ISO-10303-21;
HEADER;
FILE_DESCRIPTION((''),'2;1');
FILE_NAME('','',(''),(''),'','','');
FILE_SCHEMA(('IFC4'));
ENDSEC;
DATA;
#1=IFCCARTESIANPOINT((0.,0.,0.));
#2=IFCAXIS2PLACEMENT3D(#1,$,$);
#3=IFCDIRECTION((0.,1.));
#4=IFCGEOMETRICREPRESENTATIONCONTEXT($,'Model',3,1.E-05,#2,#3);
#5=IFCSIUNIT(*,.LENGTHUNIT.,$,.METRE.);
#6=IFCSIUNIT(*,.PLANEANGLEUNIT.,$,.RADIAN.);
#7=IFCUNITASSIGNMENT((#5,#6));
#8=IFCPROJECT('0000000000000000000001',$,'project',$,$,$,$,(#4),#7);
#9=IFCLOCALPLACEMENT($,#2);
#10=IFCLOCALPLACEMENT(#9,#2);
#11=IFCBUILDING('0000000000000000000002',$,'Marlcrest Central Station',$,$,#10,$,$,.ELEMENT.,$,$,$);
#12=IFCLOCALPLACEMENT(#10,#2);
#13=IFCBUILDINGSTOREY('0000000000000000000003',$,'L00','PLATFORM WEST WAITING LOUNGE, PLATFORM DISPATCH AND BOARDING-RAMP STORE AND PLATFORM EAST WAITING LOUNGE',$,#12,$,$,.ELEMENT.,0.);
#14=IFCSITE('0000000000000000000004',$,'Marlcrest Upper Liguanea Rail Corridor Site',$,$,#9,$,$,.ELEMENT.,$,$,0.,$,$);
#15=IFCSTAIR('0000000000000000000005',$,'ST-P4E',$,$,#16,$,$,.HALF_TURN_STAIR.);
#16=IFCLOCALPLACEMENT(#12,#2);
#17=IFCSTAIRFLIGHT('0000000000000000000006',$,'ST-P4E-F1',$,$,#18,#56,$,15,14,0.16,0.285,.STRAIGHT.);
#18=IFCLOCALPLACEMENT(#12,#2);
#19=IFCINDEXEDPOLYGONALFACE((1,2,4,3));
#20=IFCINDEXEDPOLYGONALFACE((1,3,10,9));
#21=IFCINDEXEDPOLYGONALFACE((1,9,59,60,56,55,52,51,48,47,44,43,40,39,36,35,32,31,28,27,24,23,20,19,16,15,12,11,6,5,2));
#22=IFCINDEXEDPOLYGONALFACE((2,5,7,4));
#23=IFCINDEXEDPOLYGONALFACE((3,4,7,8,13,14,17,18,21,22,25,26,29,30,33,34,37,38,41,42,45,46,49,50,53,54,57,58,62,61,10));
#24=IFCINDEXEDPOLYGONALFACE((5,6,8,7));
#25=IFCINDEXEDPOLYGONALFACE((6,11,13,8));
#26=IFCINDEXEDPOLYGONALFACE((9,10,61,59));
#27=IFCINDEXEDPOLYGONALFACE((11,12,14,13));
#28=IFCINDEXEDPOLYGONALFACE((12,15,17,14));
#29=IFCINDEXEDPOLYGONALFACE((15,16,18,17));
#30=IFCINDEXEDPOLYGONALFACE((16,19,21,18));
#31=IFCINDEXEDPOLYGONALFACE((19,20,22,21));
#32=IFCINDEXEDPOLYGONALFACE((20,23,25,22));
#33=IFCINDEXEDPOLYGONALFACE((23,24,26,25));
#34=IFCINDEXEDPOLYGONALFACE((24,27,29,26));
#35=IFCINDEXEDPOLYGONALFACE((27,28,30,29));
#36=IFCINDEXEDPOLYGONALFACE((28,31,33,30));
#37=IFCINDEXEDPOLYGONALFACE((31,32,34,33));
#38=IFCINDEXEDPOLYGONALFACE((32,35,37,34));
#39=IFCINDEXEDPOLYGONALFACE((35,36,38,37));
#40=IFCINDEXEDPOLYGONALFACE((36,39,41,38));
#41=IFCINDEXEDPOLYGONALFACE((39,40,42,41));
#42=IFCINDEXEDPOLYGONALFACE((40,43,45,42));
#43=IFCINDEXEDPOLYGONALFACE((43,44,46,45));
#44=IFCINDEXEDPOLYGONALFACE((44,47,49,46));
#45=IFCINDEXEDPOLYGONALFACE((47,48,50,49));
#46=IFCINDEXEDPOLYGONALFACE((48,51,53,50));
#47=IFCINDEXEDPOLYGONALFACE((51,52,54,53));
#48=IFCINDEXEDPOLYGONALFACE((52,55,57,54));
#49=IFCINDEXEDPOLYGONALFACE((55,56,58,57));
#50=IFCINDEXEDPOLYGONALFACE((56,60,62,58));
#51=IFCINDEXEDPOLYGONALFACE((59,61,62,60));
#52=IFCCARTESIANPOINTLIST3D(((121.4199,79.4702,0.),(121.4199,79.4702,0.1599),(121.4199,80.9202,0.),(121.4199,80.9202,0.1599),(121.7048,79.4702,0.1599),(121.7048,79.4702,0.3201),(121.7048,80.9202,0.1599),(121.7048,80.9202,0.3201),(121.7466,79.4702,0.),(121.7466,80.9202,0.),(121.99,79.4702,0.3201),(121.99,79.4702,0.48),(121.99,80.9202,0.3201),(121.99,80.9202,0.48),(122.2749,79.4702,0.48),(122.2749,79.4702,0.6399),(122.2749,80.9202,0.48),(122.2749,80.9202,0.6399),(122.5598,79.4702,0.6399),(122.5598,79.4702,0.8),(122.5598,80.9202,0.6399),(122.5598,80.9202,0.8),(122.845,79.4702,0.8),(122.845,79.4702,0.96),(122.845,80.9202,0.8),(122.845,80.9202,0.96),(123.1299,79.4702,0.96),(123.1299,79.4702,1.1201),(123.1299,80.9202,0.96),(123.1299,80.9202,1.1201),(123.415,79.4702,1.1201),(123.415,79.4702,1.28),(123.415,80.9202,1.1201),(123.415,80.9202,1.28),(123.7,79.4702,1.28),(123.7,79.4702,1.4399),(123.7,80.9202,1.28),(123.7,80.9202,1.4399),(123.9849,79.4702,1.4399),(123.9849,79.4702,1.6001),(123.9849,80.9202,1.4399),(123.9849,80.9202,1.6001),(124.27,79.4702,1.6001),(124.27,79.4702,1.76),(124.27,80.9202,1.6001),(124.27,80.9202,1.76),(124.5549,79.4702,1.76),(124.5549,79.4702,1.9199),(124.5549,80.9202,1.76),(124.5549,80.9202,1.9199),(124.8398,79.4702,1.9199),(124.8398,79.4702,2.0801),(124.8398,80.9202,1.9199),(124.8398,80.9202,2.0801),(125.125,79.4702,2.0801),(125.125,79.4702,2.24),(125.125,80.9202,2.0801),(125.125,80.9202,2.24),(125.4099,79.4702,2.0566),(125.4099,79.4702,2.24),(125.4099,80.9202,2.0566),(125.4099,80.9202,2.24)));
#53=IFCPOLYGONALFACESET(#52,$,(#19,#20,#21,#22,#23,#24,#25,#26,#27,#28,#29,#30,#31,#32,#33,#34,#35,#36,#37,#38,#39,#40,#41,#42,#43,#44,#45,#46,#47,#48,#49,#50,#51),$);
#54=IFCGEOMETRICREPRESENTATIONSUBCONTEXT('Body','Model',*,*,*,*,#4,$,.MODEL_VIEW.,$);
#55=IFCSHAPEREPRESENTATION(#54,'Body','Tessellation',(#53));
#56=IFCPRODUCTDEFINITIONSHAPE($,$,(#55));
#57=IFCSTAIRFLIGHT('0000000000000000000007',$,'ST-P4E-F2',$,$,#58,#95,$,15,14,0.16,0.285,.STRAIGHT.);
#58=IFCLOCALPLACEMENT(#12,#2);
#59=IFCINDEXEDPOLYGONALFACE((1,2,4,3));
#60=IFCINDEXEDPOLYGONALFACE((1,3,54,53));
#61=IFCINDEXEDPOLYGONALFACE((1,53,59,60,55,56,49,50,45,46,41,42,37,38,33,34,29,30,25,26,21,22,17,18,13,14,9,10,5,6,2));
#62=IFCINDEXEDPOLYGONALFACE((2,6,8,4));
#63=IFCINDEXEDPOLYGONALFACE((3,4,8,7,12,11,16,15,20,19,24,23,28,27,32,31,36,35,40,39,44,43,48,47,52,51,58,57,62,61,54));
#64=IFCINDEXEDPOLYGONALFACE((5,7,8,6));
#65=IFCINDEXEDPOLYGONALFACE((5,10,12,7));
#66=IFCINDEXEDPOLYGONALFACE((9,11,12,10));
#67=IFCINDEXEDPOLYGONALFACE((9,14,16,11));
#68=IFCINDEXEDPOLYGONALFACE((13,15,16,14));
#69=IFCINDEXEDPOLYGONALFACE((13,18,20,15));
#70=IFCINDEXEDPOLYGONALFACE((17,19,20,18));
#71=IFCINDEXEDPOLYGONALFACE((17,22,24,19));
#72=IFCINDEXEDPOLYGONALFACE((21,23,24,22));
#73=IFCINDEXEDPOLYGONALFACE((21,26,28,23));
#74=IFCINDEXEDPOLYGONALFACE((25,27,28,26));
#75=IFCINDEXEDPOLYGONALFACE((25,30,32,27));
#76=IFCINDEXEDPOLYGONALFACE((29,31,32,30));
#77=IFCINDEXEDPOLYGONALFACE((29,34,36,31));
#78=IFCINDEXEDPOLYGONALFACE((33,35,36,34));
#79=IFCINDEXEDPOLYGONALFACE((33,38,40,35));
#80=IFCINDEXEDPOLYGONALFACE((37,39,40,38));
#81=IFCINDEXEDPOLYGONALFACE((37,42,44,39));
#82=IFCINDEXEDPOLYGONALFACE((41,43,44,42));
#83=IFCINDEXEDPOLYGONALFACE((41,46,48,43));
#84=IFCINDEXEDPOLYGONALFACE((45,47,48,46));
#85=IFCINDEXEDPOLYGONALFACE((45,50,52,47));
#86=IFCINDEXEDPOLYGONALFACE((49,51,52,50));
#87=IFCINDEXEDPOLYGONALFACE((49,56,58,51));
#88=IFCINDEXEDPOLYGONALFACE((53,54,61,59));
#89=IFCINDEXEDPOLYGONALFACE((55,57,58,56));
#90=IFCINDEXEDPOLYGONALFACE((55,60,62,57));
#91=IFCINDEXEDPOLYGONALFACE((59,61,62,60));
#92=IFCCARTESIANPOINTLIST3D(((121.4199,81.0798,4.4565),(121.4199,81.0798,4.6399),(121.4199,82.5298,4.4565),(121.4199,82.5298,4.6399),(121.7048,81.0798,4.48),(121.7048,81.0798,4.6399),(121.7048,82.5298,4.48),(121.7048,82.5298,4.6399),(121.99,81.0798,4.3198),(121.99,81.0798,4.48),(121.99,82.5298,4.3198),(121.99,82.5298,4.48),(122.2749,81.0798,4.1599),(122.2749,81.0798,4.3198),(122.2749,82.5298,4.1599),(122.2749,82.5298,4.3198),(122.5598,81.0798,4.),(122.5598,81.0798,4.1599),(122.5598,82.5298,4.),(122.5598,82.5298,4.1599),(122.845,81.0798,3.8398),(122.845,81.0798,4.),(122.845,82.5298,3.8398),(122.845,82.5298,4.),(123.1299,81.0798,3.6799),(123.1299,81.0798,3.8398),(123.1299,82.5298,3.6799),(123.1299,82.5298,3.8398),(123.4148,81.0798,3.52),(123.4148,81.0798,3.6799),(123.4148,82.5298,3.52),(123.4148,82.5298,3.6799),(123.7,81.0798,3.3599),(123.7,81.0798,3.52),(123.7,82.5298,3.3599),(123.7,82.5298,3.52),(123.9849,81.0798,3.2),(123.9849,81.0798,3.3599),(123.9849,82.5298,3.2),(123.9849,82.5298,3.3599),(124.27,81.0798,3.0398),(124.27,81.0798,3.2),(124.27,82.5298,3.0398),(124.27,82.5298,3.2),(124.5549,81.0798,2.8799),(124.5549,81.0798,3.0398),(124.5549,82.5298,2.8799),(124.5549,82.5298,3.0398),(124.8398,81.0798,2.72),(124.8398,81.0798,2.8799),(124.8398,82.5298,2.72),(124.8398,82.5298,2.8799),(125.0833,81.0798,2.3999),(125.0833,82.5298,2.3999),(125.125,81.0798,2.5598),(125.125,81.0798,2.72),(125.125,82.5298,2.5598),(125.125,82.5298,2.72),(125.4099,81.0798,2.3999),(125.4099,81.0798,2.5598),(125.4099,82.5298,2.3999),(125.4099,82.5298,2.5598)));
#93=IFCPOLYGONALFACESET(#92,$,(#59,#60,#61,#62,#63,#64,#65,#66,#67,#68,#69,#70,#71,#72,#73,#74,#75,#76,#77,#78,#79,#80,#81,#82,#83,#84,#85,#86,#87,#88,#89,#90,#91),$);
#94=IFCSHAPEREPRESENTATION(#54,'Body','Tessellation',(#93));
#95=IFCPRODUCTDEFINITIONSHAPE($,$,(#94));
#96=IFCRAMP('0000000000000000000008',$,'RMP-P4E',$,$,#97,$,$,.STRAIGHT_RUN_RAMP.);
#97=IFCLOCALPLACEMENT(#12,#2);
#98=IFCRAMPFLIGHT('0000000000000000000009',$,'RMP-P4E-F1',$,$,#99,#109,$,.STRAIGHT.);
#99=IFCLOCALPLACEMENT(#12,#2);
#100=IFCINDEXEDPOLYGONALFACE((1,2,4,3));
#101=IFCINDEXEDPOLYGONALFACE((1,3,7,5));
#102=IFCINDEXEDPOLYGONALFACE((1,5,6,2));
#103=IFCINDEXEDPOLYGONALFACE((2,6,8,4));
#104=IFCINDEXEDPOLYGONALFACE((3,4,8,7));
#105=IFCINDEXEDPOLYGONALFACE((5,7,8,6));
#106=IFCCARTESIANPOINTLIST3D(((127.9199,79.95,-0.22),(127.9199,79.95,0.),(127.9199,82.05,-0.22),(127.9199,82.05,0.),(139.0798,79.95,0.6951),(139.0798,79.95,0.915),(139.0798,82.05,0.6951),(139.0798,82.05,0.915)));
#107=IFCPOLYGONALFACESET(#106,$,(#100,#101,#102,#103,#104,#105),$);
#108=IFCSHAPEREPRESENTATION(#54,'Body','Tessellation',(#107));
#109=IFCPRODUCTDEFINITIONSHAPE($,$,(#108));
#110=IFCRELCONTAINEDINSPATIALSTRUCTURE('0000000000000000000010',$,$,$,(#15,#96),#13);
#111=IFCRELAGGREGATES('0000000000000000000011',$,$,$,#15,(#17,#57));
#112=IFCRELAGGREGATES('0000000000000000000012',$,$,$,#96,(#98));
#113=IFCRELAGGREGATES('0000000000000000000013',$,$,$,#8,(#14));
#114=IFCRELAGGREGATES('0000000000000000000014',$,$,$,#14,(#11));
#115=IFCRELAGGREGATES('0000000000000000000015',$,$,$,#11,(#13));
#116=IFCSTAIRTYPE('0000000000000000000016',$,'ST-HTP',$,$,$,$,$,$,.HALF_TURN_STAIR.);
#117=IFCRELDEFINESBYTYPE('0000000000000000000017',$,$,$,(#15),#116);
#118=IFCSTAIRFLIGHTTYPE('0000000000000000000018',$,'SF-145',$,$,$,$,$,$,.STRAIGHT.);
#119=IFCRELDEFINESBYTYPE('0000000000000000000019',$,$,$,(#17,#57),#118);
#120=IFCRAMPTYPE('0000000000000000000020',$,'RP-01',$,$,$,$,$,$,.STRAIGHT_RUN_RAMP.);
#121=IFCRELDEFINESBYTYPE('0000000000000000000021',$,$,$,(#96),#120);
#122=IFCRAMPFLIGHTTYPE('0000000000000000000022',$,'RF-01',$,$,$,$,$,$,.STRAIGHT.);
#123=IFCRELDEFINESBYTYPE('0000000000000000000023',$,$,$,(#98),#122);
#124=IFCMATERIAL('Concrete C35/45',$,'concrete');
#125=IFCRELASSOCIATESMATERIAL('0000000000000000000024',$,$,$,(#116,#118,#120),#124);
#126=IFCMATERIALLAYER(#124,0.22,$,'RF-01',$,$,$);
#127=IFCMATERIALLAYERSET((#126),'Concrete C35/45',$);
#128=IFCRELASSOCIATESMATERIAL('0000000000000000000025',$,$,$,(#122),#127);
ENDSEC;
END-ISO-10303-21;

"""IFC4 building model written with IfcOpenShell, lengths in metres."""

from ifc_helpers import new_model, si_unit, direction, frame, origin, place, context, subcontext, project, spatial, polyline, outline, extrude, material, layer, layer_set, type_object, element, aggregate, save


model = new_model("IFC4")

# Units and contexts
model_context = context("Model", 3, precision=1e-05, world=origin(), true_north=direction((0.0, 1.0)))
body_context = subcontext(model_context, "Body", "Model", "MODEL_VIEW")
ifc_project = project(units=[si_unit("LENGTHUNIT", "METRE"), si_unit("PLANEANGLEUNIT", "RADIAN")], contexts=[model_context])

# Site, building, storey
site_placement = place(None, origin())
site = spatial("IfcSite", under=ifc_project, at=site_placement, Name="Marlcrest Upper Liguanea Rail Corridor Site", CompositionType="ELEMENT", RefElevation=0.0)
building_placement = place(site_placement, origin())
building = spatial("IfcBuilding", under=site, at=building_placement, Name="Marlcrest Central Station", CompositionType="ELEMENT")
storey_placement = place(building_placement, origin())
storey = spatial("IfcBuildingStorey", under=building, at=storey_placement, Name="L00", Description="PLATFORM WEST WAITING LOUNGE, PLATFORM DISPATCH AND BOARDING-RAMP STORE AND PLATFORM EAST WAITING LOUNGE", CompositionType="ELEMENT", Elevation=0.0)

# Shared definitions
ifc_material_1 = material(Name="Concrete C35/45", Category="concrete")

# Stair, stair flights
stair_type = type_object("IfcStairType", Name="ST-HTP", PredefinedType="HALF_TURN_STAIR", material=ifc_material_1)
stair_placement = place(storey_placement, origin())
stair = element("IfcStair", 1, at=stair_placement, inside=storey, type_object=stair_type, Name="ST-P4E", PredefinedType="HALF_TURN_STAIR")
stair_flight_type = type_object("IfcStairFlightType", Name="SF-145", PredefinedType="STRAIGHT", material=ifc_material_1)
stair_flight_1_placement = place(storey_placement, frame((121.4199, 80.1951, 0.0), z_axis=(0.0, 0.0, 1.0), x_axis=(1.0, 0.0, 0.0)))
stair_flight_1 = element("IfcStairFlight", 2, at=stair_flight_1_placement, type_object=stair_flight_type, Name="ST-P4E-F1", NumberOfRisers=15, NumberOfTreads=14, PredefinedType="STRAIGHT", RiserHeight=0.16, TreadLength=0.285, context=body_context, shape_type="SweptSolid", body=[
    extrude(outline(polyline([(0.0, 0.0), (0.0, 0.1599), (0.2849, 0.1599), (0.2849, 0.3201), (0.5701, 0.3201), (0.5701, 0.48), (0.855, 0.48), (0.855, 0.6399), (1.1399, 0.6399), (1.1399, 0.8), (1.425, 0.8), (1.425, 0.96), (1.71, 0.96), (1.71, 1.1201), (1.9951, 1.1201), (1.9951, 1.28), (2.28, 1.28), (2.28, 1.4399), (2.5649, 1.4399), (2.5649, 1.6001), (2.8501, 1.6001), (2.8501, 1.76), (3.135, 1.76), (3.135, 1.9199), (3.4199, 1.9199), (3.4199, 2.0801), (3.7051, 2.0801), (3.7051, 2.24), (3.99, 2.24), (3.99, 2.3999), (3.99, 2.0566), (0.3267, 0.0), (0.0, 0.0)])), frame((0.0, 0.7251, 0.0), z_axis=(0.0, -1.0, 0.0), x_axis=(1.0, 0.0, 0.0)), (0.0, 0.0, 1.0), 1.45),
])
stair_flight_2_placement = place(storey_placement, frame((125.4099, 81.8049, 2.3999), z_axis=(0.0, 0.0, 1.0), x_axis=(-1.0, 0.0, 0.0)))
stair_flight_2 = element("IfcStairFlight", 3, at=stair_flight_2_placement, type_object=stair_flight_type, Name="ST-P4E-F2", NumberOfRisers=15, NumberOfTreads=14, PredefinedType="STRAIGHT", RiserHeight=0.16, TreadLength=0.285, context=body_context, shape_type="SweptSolid", body=[
    extrude(outline(polyline([(0.0, 0.0), (0.0, 0.1599), (0.2849, 0.1599), (0.2849, 0.3201), (0.5701, 0.3201), (0.5701, 0.48), (0.855, 0.48), (0.855, 0.6399), (1.1399, 0.6399), (1.1399, 0.8), (1.425, 0.8), (1.425, 0.96), (1.71, 0.96), (1.71, 1.1201), (1.9951, 1.1201), (1.9951, 1.28), (2.28, 1.28), (2.28, 1.4399), (2.5649, 1.4399), (2.5649, 1.6001), (2.8501, 1.6001), (2.8501, 1.76), (3.135, 1.76), (3.135, 1.9199), (3.4199, 1.9199), (3.4199, 2.0801), (3.7051, 2.0801), (3.7051, 2.24), (3.99, 2.24), (3.99, 2.3999), (3.99, 2.0566), (0.3267, 0.0), (0.0, 0.0)])), frame((0.0, 0.7251, 0.0), z_axis=(0.0, -1.0, 0.0), x_axis=(1.0, 0.0, 0.0)), (0.0, 0.0, 1.0), 1.45),
])
aggregate(stair, [stair_flight_1, stair_flight_2])

# Ramp, ramp flight
ramp_type = type_object("IfcRampType", Name="RP-01", PredefinedType="STRAIGHT_RUN_RAMP", material=ifc_material_1)
ramp_placement = place(storey_placement, origin())
ramp = element("IfcRamp", 4, at=ramp_placement, inside=storey, type_object=ramp_type, Name="RMP-P4E", PredefinedType="STRAIGHT_RUN_RAMP")
ifc_layer = layer(ifc_material_1, 0.22, Name="RF-01")
ifc_layer_set = layer_set([ifc_layer], Name="Concrete C35/45")
ramp_flight_type = type_object("IfcRampFlightType", Name="RF-01", PredefinedType="STRAIGHT", material=ifc_layer_set)
ramp_flight_placement = place(storey_placement, frame((127.9199, 81.0, 0.0), z_axis=(0.0, 0.0, 1.0), x_axis=(1.0, 0.0, 0.0)))
ramp_flight = element("IfcRampFlight", 5, at=ramp_flight_placement, type_object=ramp_flight_type, Name="RMP-P4E-F1", PredefinedType="STRAIGHT", context=body_context, shape_type="SweptSolid", body=[
    extrude(outline(polyline([(0.0, -0.22), (0.0, 0.0), (11.1599, 0.915), (11.1599, 0.6951), (0.0, -0.22)])), frame((0.0, 1.05, 0.0), z_axis=(0.0, -1.0, 0.0), x_axis=(1.0, 0.0, 0.0)), (0.0, 0.0, 1.0), 2.1001),
])
aggregate(ramp, [ramp_flight])

save(model, "model.ifc")
